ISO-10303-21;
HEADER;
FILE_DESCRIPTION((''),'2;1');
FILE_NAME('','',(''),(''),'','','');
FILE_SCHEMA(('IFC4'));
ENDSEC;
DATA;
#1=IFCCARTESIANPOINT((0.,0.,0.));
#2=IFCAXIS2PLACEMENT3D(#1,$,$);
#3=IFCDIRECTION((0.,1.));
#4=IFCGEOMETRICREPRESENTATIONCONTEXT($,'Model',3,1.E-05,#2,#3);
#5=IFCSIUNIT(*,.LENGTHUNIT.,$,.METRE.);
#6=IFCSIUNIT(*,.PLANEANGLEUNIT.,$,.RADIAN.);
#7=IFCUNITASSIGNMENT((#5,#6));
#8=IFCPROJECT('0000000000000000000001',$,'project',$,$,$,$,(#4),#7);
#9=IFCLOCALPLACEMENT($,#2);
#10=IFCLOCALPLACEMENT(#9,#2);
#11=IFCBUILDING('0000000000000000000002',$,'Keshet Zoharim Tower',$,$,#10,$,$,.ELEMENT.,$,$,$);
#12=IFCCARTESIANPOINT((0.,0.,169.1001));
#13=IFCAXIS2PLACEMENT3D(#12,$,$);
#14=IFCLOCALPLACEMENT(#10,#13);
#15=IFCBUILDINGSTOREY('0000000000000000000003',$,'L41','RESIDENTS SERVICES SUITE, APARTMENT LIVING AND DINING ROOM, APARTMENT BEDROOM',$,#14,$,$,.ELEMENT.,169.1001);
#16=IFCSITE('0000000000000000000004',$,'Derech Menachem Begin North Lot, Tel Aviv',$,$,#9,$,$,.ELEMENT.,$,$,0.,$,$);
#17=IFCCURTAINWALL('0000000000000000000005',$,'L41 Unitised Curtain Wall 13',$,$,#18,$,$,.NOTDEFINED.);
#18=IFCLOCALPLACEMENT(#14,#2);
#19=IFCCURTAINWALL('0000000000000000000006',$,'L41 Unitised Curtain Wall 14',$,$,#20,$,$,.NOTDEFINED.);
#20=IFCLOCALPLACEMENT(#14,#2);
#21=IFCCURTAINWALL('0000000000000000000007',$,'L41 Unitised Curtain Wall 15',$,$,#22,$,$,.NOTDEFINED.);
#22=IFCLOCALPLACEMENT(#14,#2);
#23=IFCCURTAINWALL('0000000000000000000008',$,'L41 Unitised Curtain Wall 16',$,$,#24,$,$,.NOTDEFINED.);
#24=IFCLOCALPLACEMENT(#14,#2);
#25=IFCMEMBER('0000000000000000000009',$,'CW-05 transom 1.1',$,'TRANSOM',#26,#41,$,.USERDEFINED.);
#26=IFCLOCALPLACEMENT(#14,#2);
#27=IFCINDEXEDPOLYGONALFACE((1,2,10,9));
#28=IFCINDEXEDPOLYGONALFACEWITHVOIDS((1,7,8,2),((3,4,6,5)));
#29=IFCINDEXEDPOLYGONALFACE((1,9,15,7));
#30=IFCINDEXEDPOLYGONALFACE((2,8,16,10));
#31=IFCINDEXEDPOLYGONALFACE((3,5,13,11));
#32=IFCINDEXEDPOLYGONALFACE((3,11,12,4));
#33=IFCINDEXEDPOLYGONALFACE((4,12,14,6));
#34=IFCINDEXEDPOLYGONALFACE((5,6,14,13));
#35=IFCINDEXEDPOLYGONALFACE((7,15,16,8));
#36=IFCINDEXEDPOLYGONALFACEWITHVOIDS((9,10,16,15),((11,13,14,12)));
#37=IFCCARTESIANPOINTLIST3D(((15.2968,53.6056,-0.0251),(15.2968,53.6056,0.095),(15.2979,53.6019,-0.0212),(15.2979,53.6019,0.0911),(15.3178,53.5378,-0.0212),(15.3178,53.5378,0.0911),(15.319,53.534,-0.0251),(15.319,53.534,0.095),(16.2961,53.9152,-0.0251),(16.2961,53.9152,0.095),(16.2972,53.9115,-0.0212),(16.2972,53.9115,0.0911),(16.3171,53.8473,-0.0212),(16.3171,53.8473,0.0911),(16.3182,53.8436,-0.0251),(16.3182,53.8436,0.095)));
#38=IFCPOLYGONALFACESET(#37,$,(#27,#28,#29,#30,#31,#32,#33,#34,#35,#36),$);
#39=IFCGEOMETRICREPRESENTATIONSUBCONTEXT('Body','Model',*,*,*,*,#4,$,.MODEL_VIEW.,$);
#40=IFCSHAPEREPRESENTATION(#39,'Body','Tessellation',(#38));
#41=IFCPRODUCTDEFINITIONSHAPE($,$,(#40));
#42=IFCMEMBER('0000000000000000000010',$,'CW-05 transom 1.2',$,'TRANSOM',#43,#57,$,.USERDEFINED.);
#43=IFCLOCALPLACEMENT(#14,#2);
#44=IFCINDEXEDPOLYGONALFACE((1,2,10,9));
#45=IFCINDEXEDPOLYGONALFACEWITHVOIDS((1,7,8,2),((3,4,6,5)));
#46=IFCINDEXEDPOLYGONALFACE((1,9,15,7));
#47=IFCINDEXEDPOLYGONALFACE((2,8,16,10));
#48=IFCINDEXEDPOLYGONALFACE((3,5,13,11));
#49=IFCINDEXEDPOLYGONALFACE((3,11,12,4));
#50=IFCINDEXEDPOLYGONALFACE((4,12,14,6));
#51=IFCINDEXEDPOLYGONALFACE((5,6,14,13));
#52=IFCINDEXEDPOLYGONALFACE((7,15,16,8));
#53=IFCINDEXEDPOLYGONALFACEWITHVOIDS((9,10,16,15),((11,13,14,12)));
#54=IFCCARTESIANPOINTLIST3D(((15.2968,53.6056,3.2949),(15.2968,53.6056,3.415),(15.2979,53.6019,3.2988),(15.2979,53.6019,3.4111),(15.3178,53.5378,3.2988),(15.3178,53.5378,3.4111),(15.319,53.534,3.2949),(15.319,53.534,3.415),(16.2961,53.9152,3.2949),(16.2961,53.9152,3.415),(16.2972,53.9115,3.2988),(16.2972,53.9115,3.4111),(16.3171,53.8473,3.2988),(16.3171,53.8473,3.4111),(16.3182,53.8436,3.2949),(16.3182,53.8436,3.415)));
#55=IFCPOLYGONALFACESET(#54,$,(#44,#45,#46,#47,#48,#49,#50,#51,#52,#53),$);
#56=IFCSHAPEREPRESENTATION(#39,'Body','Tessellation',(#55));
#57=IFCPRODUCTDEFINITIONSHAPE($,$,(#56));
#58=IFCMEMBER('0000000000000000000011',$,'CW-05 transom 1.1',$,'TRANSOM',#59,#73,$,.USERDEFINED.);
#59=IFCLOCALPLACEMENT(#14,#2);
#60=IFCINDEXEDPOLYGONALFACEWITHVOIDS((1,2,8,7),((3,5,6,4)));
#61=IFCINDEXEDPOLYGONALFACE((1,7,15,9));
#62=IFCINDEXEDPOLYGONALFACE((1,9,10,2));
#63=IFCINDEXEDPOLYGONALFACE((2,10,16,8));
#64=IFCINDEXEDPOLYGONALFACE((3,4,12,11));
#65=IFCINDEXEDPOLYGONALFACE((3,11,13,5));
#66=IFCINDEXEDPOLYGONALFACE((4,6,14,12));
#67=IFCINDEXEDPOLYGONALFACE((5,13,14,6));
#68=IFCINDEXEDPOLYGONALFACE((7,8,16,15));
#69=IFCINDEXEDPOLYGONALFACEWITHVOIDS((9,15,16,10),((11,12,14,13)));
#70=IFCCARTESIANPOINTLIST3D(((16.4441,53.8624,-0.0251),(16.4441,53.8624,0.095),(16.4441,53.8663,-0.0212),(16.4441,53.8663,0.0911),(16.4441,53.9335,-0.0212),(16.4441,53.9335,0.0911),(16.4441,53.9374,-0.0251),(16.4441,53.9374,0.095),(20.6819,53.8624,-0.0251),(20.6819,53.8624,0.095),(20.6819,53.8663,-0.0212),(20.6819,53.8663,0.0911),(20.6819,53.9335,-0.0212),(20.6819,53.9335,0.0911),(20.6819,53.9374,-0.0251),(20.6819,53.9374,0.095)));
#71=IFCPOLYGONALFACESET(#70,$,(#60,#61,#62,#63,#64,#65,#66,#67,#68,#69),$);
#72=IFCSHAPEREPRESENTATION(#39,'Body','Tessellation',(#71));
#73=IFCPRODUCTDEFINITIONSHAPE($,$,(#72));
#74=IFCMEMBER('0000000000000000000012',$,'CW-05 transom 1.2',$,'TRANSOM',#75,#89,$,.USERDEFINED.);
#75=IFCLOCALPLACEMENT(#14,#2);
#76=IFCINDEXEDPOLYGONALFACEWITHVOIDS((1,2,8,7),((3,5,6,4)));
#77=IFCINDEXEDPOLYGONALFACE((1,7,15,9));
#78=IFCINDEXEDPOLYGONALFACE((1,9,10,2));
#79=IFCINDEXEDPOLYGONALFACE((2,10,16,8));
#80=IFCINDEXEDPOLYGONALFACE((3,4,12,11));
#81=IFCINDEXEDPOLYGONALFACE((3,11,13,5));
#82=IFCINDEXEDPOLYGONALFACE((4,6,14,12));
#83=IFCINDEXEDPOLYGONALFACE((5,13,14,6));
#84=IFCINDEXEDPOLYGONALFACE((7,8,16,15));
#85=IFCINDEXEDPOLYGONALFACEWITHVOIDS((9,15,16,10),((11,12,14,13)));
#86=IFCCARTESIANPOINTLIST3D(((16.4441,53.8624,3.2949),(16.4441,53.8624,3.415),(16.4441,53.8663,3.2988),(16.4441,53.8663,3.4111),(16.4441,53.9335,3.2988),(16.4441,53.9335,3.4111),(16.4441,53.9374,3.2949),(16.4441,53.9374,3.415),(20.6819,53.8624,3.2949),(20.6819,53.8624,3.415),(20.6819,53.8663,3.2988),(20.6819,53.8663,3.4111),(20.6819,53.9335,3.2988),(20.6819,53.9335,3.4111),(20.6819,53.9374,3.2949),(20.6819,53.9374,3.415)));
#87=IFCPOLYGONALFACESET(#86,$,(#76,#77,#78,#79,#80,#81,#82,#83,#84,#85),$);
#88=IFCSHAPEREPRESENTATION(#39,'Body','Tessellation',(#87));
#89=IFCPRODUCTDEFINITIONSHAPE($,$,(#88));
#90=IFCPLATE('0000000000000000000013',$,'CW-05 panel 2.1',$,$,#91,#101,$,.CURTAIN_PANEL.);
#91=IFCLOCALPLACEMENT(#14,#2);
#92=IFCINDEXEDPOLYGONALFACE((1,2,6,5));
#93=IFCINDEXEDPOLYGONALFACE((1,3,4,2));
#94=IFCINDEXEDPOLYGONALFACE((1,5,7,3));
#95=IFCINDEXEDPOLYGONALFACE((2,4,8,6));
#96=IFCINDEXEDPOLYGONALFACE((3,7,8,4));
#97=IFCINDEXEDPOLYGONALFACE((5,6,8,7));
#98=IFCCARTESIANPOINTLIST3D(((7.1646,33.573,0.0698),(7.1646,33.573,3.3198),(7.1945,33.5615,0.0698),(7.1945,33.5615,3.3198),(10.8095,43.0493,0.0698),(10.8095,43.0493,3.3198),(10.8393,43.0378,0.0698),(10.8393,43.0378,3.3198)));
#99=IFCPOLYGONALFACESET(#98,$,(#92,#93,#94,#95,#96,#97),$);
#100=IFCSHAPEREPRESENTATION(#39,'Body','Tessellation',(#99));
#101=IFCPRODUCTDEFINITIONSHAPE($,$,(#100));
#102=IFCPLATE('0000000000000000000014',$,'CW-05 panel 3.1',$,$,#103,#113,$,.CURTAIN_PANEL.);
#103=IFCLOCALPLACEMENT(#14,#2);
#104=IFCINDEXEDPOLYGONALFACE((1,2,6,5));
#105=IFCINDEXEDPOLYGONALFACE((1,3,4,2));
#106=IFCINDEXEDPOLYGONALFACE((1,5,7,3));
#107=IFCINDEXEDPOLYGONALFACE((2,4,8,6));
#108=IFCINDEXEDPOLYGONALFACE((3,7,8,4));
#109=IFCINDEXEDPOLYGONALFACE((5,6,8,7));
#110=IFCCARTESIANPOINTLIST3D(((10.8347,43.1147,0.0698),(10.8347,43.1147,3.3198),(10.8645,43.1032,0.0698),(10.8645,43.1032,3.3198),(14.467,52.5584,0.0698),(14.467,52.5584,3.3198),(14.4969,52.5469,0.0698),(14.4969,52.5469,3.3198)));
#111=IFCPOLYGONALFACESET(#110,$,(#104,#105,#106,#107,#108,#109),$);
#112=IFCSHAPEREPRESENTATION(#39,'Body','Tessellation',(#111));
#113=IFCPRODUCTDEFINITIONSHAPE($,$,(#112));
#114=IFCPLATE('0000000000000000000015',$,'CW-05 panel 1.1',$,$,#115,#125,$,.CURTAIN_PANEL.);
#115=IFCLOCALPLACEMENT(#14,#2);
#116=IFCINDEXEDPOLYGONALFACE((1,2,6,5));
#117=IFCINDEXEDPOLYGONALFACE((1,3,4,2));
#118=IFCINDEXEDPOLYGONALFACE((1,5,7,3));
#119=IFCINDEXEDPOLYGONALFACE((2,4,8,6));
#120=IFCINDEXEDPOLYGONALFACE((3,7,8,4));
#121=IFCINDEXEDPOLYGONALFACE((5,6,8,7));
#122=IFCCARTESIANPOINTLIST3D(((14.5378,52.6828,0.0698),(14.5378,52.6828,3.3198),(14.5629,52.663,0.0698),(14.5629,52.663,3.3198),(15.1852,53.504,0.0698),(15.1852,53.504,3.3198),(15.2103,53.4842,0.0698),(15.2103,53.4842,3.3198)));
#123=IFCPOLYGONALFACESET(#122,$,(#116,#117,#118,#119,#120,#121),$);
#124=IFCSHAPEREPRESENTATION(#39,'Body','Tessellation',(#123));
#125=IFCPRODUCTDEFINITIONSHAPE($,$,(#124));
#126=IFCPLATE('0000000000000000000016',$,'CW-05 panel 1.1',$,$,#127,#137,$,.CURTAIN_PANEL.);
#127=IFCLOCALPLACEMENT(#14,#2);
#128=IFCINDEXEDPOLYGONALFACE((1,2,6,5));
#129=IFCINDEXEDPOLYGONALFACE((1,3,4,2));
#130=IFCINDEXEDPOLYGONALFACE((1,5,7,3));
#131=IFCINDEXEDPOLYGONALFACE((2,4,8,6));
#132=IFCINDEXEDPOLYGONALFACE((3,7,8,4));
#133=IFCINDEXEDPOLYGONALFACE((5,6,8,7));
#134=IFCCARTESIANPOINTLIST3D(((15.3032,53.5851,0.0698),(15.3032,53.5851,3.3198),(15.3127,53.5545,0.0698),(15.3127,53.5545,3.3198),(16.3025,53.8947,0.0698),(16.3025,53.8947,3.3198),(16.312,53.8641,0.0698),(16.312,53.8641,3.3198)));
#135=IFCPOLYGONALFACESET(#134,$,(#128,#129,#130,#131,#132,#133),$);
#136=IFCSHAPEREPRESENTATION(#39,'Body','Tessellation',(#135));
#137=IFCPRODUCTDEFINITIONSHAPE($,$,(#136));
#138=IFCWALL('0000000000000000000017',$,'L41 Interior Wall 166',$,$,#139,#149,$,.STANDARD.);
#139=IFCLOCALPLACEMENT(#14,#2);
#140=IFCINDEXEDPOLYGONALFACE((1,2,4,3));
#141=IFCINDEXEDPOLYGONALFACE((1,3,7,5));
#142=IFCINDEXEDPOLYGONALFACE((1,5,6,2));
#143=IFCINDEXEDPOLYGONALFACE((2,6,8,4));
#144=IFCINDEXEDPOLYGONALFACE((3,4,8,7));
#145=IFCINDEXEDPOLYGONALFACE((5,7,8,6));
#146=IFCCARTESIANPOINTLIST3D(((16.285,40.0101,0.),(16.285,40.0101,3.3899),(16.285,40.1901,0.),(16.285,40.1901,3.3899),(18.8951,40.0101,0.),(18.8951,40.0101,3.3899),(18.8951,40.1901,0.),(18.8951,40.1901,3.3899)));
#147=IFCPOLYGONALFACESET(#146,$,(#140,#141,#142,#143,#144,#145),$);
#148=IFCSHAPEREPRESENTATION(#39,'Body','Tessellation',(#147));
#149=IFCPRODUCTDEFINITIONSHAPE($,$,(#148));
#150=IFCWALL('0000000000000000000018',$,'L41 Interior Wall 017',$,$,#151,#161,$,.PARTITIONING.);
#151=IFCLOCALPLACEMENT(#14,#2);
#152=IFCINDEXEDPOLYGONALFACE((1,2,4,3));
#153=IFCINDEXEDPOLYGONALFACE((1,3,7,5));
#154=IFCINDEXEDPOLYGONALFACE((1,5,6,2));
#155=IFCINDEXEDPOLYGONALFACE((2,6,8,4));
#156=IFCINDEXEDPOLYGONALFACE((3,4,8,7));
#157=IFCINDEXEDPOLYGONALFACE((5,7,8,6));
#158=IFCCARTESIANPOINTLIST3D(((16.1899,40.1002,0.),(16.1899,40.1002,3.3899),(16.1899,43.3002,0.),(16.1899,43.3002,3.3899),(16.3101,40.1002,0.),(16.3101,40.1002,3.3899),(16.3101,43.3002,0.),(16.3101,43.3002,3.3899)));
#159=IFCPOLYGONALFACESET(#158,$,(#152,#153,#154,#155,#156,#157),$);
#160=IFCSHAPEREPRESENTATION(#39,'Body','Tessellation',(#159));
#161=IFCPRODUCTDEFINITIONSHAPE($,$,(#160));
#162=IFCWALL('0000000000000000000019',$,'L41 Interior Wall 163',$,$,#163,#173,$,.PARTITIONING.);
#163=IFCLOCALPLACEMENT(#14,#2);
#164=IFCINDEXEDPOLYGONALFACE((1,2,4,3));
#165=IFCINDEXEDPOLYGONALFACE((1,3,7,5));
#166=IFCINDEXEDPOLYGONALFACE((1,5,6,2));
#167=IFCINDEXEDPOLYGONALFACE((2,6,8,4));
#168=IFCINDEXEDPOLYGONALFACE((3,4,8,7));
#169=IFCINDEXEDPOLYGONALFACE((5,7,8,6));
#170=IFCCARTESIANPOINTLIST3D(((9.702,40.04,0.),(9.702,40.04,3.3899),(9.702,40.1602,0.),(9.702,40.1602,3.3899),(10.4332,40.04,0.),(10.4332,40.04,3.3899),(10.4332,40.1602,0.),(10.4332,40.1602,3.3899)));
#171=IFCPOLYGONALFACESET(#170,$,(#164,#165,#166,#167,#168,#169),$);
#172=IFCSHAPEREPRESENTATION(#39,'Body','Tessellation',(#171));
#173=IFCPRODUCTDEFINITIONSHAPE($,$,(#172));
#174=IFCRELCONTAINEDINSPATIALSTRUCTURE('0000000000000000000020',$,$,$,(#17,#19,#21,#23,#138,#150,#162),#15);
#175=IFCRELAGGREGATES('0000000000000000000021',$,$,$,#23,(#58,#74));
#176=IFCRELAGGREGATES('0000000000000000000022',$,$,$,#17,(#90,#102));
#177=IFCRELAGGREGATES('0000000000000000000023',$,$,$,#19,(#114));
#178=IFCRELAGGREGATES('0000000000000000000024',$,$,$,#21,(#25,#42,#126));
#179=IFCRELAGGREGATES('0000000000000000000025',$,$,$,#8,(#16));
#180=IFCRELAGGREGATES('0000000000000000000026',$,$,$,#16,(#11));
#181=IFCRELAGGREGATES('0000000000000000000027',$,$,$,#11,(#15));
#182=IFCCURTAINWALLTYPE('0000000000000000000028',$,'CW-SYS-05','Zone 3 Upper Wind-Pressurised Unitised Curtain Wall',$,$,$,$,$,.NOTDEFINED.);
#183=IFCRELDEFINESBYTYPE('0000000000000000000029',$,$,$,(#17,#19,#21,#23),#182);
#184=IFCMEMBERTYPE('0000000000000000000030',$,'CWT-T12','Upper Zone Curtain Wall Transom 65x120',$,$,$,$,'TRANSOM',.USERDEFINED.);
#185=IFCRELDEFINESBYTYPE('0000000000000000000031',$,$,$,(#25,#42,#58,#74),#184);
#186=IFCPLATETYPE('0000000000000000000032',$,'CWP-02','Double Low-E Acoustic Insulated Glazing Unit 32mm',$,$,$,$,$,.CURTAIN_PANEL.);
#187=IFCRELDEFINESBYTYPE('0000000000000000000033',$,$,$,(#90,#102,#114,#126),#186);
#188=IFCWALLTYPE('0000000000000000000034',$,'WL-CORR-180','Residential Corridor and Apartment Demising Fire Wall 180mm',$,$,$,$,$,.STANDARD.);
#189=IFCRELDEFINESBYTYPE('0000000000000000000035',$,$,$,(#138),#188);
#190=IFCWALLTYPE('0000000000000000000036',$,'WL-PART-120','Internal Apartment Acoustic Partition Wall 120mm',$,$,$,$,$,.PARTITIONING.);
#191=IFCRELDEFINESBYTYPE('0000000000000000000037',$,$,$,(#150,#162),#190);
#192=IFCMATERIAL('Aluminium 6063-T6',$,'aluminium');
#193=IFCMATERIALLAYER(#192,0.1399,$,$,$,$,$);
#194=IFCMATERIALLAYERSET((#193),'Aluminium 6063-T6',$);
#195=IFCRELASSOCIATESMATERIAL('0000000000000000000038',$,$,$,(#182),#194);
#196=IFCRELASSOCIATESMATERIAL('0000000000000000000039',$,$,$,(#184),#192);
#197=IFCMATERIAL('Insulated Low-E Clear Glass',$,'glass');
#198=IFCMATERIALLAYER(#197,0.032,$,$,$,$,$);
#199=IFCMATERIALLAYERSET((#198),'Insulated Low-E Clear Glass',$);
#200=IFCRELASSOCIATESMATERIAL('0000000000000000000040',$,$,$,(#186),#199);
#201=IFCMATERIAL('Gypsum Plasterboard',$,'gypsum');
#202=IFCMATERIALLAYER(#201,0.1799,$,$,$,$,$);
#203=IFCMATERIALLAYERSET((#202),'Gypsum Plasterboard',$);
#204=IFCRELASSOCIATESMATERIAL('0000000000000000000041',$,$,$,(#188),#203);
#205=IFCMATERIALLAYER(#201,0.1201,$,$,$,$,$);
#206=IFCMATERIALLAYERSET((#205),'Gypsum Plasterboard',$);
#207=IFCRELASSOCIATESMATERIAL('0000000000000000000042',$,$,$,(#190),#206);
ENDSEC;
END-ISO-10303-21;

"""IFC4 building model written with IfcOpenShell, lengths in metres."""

from ifc_helpers import new_model, si_unit, direction, frame, frame_2d, origin, origin_2d, place, context, subcontext, project, spatial, rectangle, hollow_rectangle, extrude, material, layer, layer_set, material_profile, profile_set, type_object, element, aggregate, save


model = new_model("IFC4")

# Units and contexts
model_context = context("Model", 3, precision=1e-05, world=origin(), true_north=direction((0.0, 1.0)))
body_context = subcontext(model_context, "Body", "Model", "MODEL_VIEW")
ifc_project = project(units=[si_unit("LENGTHUNIT", "METRE"), si_unit("PLANEANGLEUNIT", "RADIAN")], contexts=[model_context])

# Site, building, storey
site_placement = place(None, origin())
site = spatial("IfcSite", under=ifc_project, at=site_placement, Name="Derech Menachem Begin North Lot, Tel Aviv", CompositionType="ELEMENT", RefElevation=0.0)
building_placement = place(site_placement, origin())
building = spatial("IfcBuilding", under=site, at=building_placement, Name="Keshet Zoharim Tower", CompositionType="ELEMENT")
storey_placement = place(building_placement, frame((0.0, 0.0, 169.1001)))
storey = spatial("IfcBuildingStorey", under=building, at=storey_placement, Name="L41", Description="RESIDENTS SERVICES SUITE, APARTMENT LIVING AND DINING ROOM, APARTMENT BEDROOM", CompositionType="ELEMENT", Elevation=169.1001)

# Curtain walls
ifc_material_1 = material(Name="Aluminium 6063-T6", Category="aluminium")
ifc_layer_1 = layer(ifc_material_1, 0.1399)
ifc_layer_set_1 = layer_set([ifc_layer_1], Name="Aluminium 6063-T6")
curtain_wall_type = type_object("IfcCurtainWallType", Name="CW-SYS-05", Description="Zone 3 Upper Wind-Pressurised Unitised Curtain Wall", PredefinedType="NOTDEFINED", material=ifc_layer_set_1)
curtain_wall_1_placement = place(storey_placement, origin())
curtain_wall_1 = element("IfcCurtainWall", 1, at=curtain_wall_1_placement, inside=storey, type_object=curtain_wall_type, Name="L41 Unitised Curtain Wall 13", PredefinedType="NOTDEFINED")
curtain_wall_2_placement = place(storey_placement, origin())
curtain_wall_2 = element("IfcCurtainWall", 2, at=curtain_wall_2_placement, inside=storey, type_object=curtain_wall_type, Name="L41 Unitised Curtain Wall 14", PredefinedType="NOTDEFINED")
curtain_wall_3_placement = place(storey_placement, origin())
curtain_wall_3 = element("IfcCurtainWall", 3, at=curtain_wall_3_placement, inside=storey, type_object=curtain_wall_type, Name="L41 Unitised Curtain Wall 15", PredefinedType="NOTDEFINED")

# Curtain wall
curtain_wall_4_placement = place(storey_placement, origin())
curtain_wall_4 = element("IfcCurtainWall", 4, at=curtain_wall_4_placement, inside=storey, type_object=curtain_wall_type, Name="L41 Unitised Curtain Wall 16", PredefinedType="NOTDEFINED")

# Members
ifc_material_profile_1 = material_profile(ifc_material_1, hollow_rectangle(XDim=0.075, YDim=0.1201, WallThickness=0.0039, at=origin_2d()), Name="TRN-75x120")
ifc_profile_set_1 = profile_set([ifc_material_profile_1], Name="Aluminium 6063-T6")
member_type_1 = type_object("IfcMemberType", Name="CWT-T12", Description="Upper Zone Curtain Wall Transom 65x120", ElementType="TRANSOM", PredefinedType="USERDEFINED", material=ifc_profile_set_1)
member_1_placement = place(storey_placement, frame((15.3079, 53.5698, 0.0349), z_axis=(0.955212, 0.295922, 0.0), x_axis=(-0.295922, 0.955212, 0.0)))
member_1 = element("IfcMember", 5, at=member_1_placement, type_object=member_type_1, Name="CW-05 transom 1.1", ObjectType="TRANSOM", PredefinedType="USERDEFINED", context=body_context, shape_type="SweptSolid", body=[
    extrude(hollow_rectangle(XDim=0.075, YDim=0.1201, WallThickness=0.0039, at=origin_2d()), origin(), (0.0, 0.0, 1.0), 1.0461),
])
member_2_placement = place(storey_placement, frame((15.3079, 53.5698, 3.355), z_axis=(0.955212, 0.295922, 0.0), x_axis=(-0.295922, 0.955212, 0.0)))
member_2 = element("IfcMember", 6, at=member_2_placement, type_object=member_type_1, Name="CW-05 transom 1.2", ObjectType="TRANSOM", PredefinedType="USERDEFINED", context=body_context, shape_type="SweptSolid", body=[
    extrude(hollow_rectangle(XDim=0.075, YDim=0.1201, WallThickness=0.0039, at=origin_2d()), origin(), (0.0, 0.0, 1.0), 1.0461),
])
member_3_placement = place(storey_placement, frame((16.4441, 53.8999, 0.0349), z_axis=(1.0, 0.0, 0.0), x_axis=(0.0, 1.0, 0.0)))
member_3 = element("IfcMember", 7, at=member_3_placement, type_object=member_type_1, Name="CW-05 transom 1.1", ObjectType="TRANSOM", PredefinedType="USERDEFINED", context=body_context, shape_type="SweptSolid", body=[
    extrude(hollow_rectangle(XDim=0.075, YDim=0.1201, WallThickness=0.0039, at=origin_2d()), origin(), (0.0, 0.0, 1.0), 4.2378),
])
member_4_placement = place(storey_placement, frame((16.4441, 53.8999, 3.355), z_axis=(1.0, 0.0, 0.0), x_axis=(0.0, 1.0, 0.0)))
member_4 = element("IfcMember", 8, at=member_4_placement, type_object=member_type_1, Name="CW-05 transom 1.2", ObjectType="TRANSOM", PredefinedType="USERDEFINED", context=body_context, shape_type="SweptSolid", body=[
    extrude(hollow_rectangle(XDim=0.075, YDim=0.1201, WallThickness=0.0039, at=origin_2d()), origin(), (0.0, 0.0, 1.0), 4.2378),
])
aggregate(curtain_wall_4, [member_3, member_4])

# Plates
ifc_material_2 = material(Name="Insulated Low-E Clear Glass", Category="glass")
ifc_layer_2 = layer(ifc_material_2, 0.032)
ifc_layer_set_2 = layer_set([ifc_layer_2], Name="Insulated Low-E Clear Glass")
plate_type = type_object("IfcPlateType", Name="CWP-02", Description="Double Low-E Acoustic Insulated Glazing Unit 32mm", PredefinedType="CURTAIN_PANEL", material=ifc_layer_set_2)
plate_1_placement = place(storey_placement, frame((9.002, 38.3054, 0.0698), z_axis=(0.0, 0.0, 1.0), x_axis=(0.35899, 0.933341, 0.0)))
plate_1 = element("IfcPlate", 9, at=plate_1_placement, type_object=plate_type, Name="CW-05 panel 2.1", PredefinedType="CURTAIN_PANEL", context=body_context, shape_type="SweptSolid", body=[
    extrude(rectangle(XDim=10.1531, YDim=0.032, at=origin_2d()), origin(), (0.0, 0.0, 1.0), 3.25),
])
plate_2_placement = place(storey_placement, frame((12.6658, 47.8308, 0.0698), z_axis=(0.0, 0.0, 1.0), x_axis=(0.35899, 0.933341, 0.0)))
plate_2 = element("IfcPlate", 10, at=plate_2_placement, type_object=plate_type, Name="CW-05 panel 3.1", PredefinedType="CURTAIN_PANEL", context=body_context, shape_type="SweptSolid", body=[
    extrude(rectangle(XDim=10.1182, YDim=0.032, at=origin_2d()), origin(), (0.0, 0.0, 1.0), 3.25),
])
aggregate(curtain_wall_1, [plate_1, plate_2])
plate_3_placement = place(storey_placement, frame((14.874, 53.0835, 0.0698), z_axis=(0.0, 0.0, 1.0), x_axis=(0.619125, 0.785293, 0.0)))
plate_3 = element("IfcPlate", 11, at=plate_3_placement, type_object=plate_type, Name="CW-05 panel 1.1", PredefinedType="CURTAIN_PANEL", context=body_context, shape_type="SweptSolid", body=[
    extrude(rectangle(XDim=1.0457, YDim=0.032, at=origin_2d()), origin(), (0.0, 0.0, 1.0), 3.25),
])
aggregate(curtain_wall_2, [plate_3])
plate_4_placement = place(storey_placement, frame((15.8076, 53.7246, 0.0698), z_axis=(0.0, 0.0, 1.0), x_axis=(0.955212, 0.295922, 0.0)))
plate_4 = element("IfcPlate", 12, at=plate_4_placement, type_object=plate_type, Name="CW-05 panel 1.1", PredefinedType="CURTAIN_PANEL", context=body_context, shape_type="SweptSolid", body=[
    extrude(rectangle(XDim=1.0461, YDim=0.032, at=origin_2d()), origin(), (0.0, 0.0, 1.0), 3.25),
])
aggregate(curtain_wall_3, [member_1, member_2, plate_4])

# Shared definitions
ifc_material_3 = material(Name="Gypsum Plasterboard", Category="gypsum")
ifc_layer_3 = layer(ifc_material_3, 0.1799)
ifc_layer_set_3 = layer_set([ifc_layer_3], Name="Gypsum Plasterboard")
wall_type_1 = type_object("IfcWallType", Name="WL-CORR-180", Description="Residential Corridor and Apartment Demising Fire Wall 180mm", PredefinedType="STANDARD", material=ifc_layer_set_3)

# Walls
wall_1_placement = place(storey_placement, frame((16.2849, 40.1001, 0.0), z_axis=(0.0, 0.0, 1.0), x_axis=(1.0, 0.0, 0.0)))
element("IfcWall", 13, at=wall_1_placement, inside=storey, type_object=wall_type_1, Name="L41 Interior Wall 166", PredefinedType="STANDARD", context=body_context, shape_type="SweptSolid", body=[
    extrude(rectangle(XDim=2.6101, YDim=0.1799, at=frame_2d((1.3052, 0.0))), origin(), (0.0, 0.0, 1.0), 3.3899),
])
ifc_layer_4 = layer(ifc_material_3, 0.1201)
ifc_layer_set_4 = layer_set([ifc_layer_4], Name="Gypsum Plasterboard")
wall_type_2 = type_object("IfcWallType", Name="WL-PART-120", Description="Internal Apartment Acoustic Partition Wall 120mm", PredefinedType="PARTITIONING", material=ifc_layer_set_4)
wall_2_placement = place(storey_placement, frame((16.25, 40.1001, 0.0), z_axis=(0.0, 0.0, 1.0), x_axis=(0.0, 1.0, 0.0)))
element("IfcWall", 14, at=wall_2_placement, inside=storey, type_object=wall_type_2, Name="L41 Interior Wall 017", PredefinedType="PARTITIONING", context=body_context, shape_type="SweptSolid", body=[
    extrude(rectangle(XDim=3.2, YDim=0.1201, at=frame_2d((1.6001, 0.0))), origin(), (0.0, 0.0, 1.0), 3.3899),
])
wall_3_placement = place(storey_placement, frame((9.7019, 40.1001, 0.0), z_axis=(0.0, 0.0, 1.0), x_axis=(1.0, 0.0, 0.0)))
element("IfcWall", 15, at=wall_3_placement, inside=storey, type_object=wall_type_2, Name="L41 Interior Wall 163", PredefinedType="PARTITIONING", context=body_context, shape_type="SweptSolid", body=[
    extrude(rectangle(XDim=0.7312, YDim=0.1201, at=frame_2d((0.3657, 0.0))), origin(), (0.0, 0.0, 1.0), 3.3899),
])

save(model, "model.ifc")
